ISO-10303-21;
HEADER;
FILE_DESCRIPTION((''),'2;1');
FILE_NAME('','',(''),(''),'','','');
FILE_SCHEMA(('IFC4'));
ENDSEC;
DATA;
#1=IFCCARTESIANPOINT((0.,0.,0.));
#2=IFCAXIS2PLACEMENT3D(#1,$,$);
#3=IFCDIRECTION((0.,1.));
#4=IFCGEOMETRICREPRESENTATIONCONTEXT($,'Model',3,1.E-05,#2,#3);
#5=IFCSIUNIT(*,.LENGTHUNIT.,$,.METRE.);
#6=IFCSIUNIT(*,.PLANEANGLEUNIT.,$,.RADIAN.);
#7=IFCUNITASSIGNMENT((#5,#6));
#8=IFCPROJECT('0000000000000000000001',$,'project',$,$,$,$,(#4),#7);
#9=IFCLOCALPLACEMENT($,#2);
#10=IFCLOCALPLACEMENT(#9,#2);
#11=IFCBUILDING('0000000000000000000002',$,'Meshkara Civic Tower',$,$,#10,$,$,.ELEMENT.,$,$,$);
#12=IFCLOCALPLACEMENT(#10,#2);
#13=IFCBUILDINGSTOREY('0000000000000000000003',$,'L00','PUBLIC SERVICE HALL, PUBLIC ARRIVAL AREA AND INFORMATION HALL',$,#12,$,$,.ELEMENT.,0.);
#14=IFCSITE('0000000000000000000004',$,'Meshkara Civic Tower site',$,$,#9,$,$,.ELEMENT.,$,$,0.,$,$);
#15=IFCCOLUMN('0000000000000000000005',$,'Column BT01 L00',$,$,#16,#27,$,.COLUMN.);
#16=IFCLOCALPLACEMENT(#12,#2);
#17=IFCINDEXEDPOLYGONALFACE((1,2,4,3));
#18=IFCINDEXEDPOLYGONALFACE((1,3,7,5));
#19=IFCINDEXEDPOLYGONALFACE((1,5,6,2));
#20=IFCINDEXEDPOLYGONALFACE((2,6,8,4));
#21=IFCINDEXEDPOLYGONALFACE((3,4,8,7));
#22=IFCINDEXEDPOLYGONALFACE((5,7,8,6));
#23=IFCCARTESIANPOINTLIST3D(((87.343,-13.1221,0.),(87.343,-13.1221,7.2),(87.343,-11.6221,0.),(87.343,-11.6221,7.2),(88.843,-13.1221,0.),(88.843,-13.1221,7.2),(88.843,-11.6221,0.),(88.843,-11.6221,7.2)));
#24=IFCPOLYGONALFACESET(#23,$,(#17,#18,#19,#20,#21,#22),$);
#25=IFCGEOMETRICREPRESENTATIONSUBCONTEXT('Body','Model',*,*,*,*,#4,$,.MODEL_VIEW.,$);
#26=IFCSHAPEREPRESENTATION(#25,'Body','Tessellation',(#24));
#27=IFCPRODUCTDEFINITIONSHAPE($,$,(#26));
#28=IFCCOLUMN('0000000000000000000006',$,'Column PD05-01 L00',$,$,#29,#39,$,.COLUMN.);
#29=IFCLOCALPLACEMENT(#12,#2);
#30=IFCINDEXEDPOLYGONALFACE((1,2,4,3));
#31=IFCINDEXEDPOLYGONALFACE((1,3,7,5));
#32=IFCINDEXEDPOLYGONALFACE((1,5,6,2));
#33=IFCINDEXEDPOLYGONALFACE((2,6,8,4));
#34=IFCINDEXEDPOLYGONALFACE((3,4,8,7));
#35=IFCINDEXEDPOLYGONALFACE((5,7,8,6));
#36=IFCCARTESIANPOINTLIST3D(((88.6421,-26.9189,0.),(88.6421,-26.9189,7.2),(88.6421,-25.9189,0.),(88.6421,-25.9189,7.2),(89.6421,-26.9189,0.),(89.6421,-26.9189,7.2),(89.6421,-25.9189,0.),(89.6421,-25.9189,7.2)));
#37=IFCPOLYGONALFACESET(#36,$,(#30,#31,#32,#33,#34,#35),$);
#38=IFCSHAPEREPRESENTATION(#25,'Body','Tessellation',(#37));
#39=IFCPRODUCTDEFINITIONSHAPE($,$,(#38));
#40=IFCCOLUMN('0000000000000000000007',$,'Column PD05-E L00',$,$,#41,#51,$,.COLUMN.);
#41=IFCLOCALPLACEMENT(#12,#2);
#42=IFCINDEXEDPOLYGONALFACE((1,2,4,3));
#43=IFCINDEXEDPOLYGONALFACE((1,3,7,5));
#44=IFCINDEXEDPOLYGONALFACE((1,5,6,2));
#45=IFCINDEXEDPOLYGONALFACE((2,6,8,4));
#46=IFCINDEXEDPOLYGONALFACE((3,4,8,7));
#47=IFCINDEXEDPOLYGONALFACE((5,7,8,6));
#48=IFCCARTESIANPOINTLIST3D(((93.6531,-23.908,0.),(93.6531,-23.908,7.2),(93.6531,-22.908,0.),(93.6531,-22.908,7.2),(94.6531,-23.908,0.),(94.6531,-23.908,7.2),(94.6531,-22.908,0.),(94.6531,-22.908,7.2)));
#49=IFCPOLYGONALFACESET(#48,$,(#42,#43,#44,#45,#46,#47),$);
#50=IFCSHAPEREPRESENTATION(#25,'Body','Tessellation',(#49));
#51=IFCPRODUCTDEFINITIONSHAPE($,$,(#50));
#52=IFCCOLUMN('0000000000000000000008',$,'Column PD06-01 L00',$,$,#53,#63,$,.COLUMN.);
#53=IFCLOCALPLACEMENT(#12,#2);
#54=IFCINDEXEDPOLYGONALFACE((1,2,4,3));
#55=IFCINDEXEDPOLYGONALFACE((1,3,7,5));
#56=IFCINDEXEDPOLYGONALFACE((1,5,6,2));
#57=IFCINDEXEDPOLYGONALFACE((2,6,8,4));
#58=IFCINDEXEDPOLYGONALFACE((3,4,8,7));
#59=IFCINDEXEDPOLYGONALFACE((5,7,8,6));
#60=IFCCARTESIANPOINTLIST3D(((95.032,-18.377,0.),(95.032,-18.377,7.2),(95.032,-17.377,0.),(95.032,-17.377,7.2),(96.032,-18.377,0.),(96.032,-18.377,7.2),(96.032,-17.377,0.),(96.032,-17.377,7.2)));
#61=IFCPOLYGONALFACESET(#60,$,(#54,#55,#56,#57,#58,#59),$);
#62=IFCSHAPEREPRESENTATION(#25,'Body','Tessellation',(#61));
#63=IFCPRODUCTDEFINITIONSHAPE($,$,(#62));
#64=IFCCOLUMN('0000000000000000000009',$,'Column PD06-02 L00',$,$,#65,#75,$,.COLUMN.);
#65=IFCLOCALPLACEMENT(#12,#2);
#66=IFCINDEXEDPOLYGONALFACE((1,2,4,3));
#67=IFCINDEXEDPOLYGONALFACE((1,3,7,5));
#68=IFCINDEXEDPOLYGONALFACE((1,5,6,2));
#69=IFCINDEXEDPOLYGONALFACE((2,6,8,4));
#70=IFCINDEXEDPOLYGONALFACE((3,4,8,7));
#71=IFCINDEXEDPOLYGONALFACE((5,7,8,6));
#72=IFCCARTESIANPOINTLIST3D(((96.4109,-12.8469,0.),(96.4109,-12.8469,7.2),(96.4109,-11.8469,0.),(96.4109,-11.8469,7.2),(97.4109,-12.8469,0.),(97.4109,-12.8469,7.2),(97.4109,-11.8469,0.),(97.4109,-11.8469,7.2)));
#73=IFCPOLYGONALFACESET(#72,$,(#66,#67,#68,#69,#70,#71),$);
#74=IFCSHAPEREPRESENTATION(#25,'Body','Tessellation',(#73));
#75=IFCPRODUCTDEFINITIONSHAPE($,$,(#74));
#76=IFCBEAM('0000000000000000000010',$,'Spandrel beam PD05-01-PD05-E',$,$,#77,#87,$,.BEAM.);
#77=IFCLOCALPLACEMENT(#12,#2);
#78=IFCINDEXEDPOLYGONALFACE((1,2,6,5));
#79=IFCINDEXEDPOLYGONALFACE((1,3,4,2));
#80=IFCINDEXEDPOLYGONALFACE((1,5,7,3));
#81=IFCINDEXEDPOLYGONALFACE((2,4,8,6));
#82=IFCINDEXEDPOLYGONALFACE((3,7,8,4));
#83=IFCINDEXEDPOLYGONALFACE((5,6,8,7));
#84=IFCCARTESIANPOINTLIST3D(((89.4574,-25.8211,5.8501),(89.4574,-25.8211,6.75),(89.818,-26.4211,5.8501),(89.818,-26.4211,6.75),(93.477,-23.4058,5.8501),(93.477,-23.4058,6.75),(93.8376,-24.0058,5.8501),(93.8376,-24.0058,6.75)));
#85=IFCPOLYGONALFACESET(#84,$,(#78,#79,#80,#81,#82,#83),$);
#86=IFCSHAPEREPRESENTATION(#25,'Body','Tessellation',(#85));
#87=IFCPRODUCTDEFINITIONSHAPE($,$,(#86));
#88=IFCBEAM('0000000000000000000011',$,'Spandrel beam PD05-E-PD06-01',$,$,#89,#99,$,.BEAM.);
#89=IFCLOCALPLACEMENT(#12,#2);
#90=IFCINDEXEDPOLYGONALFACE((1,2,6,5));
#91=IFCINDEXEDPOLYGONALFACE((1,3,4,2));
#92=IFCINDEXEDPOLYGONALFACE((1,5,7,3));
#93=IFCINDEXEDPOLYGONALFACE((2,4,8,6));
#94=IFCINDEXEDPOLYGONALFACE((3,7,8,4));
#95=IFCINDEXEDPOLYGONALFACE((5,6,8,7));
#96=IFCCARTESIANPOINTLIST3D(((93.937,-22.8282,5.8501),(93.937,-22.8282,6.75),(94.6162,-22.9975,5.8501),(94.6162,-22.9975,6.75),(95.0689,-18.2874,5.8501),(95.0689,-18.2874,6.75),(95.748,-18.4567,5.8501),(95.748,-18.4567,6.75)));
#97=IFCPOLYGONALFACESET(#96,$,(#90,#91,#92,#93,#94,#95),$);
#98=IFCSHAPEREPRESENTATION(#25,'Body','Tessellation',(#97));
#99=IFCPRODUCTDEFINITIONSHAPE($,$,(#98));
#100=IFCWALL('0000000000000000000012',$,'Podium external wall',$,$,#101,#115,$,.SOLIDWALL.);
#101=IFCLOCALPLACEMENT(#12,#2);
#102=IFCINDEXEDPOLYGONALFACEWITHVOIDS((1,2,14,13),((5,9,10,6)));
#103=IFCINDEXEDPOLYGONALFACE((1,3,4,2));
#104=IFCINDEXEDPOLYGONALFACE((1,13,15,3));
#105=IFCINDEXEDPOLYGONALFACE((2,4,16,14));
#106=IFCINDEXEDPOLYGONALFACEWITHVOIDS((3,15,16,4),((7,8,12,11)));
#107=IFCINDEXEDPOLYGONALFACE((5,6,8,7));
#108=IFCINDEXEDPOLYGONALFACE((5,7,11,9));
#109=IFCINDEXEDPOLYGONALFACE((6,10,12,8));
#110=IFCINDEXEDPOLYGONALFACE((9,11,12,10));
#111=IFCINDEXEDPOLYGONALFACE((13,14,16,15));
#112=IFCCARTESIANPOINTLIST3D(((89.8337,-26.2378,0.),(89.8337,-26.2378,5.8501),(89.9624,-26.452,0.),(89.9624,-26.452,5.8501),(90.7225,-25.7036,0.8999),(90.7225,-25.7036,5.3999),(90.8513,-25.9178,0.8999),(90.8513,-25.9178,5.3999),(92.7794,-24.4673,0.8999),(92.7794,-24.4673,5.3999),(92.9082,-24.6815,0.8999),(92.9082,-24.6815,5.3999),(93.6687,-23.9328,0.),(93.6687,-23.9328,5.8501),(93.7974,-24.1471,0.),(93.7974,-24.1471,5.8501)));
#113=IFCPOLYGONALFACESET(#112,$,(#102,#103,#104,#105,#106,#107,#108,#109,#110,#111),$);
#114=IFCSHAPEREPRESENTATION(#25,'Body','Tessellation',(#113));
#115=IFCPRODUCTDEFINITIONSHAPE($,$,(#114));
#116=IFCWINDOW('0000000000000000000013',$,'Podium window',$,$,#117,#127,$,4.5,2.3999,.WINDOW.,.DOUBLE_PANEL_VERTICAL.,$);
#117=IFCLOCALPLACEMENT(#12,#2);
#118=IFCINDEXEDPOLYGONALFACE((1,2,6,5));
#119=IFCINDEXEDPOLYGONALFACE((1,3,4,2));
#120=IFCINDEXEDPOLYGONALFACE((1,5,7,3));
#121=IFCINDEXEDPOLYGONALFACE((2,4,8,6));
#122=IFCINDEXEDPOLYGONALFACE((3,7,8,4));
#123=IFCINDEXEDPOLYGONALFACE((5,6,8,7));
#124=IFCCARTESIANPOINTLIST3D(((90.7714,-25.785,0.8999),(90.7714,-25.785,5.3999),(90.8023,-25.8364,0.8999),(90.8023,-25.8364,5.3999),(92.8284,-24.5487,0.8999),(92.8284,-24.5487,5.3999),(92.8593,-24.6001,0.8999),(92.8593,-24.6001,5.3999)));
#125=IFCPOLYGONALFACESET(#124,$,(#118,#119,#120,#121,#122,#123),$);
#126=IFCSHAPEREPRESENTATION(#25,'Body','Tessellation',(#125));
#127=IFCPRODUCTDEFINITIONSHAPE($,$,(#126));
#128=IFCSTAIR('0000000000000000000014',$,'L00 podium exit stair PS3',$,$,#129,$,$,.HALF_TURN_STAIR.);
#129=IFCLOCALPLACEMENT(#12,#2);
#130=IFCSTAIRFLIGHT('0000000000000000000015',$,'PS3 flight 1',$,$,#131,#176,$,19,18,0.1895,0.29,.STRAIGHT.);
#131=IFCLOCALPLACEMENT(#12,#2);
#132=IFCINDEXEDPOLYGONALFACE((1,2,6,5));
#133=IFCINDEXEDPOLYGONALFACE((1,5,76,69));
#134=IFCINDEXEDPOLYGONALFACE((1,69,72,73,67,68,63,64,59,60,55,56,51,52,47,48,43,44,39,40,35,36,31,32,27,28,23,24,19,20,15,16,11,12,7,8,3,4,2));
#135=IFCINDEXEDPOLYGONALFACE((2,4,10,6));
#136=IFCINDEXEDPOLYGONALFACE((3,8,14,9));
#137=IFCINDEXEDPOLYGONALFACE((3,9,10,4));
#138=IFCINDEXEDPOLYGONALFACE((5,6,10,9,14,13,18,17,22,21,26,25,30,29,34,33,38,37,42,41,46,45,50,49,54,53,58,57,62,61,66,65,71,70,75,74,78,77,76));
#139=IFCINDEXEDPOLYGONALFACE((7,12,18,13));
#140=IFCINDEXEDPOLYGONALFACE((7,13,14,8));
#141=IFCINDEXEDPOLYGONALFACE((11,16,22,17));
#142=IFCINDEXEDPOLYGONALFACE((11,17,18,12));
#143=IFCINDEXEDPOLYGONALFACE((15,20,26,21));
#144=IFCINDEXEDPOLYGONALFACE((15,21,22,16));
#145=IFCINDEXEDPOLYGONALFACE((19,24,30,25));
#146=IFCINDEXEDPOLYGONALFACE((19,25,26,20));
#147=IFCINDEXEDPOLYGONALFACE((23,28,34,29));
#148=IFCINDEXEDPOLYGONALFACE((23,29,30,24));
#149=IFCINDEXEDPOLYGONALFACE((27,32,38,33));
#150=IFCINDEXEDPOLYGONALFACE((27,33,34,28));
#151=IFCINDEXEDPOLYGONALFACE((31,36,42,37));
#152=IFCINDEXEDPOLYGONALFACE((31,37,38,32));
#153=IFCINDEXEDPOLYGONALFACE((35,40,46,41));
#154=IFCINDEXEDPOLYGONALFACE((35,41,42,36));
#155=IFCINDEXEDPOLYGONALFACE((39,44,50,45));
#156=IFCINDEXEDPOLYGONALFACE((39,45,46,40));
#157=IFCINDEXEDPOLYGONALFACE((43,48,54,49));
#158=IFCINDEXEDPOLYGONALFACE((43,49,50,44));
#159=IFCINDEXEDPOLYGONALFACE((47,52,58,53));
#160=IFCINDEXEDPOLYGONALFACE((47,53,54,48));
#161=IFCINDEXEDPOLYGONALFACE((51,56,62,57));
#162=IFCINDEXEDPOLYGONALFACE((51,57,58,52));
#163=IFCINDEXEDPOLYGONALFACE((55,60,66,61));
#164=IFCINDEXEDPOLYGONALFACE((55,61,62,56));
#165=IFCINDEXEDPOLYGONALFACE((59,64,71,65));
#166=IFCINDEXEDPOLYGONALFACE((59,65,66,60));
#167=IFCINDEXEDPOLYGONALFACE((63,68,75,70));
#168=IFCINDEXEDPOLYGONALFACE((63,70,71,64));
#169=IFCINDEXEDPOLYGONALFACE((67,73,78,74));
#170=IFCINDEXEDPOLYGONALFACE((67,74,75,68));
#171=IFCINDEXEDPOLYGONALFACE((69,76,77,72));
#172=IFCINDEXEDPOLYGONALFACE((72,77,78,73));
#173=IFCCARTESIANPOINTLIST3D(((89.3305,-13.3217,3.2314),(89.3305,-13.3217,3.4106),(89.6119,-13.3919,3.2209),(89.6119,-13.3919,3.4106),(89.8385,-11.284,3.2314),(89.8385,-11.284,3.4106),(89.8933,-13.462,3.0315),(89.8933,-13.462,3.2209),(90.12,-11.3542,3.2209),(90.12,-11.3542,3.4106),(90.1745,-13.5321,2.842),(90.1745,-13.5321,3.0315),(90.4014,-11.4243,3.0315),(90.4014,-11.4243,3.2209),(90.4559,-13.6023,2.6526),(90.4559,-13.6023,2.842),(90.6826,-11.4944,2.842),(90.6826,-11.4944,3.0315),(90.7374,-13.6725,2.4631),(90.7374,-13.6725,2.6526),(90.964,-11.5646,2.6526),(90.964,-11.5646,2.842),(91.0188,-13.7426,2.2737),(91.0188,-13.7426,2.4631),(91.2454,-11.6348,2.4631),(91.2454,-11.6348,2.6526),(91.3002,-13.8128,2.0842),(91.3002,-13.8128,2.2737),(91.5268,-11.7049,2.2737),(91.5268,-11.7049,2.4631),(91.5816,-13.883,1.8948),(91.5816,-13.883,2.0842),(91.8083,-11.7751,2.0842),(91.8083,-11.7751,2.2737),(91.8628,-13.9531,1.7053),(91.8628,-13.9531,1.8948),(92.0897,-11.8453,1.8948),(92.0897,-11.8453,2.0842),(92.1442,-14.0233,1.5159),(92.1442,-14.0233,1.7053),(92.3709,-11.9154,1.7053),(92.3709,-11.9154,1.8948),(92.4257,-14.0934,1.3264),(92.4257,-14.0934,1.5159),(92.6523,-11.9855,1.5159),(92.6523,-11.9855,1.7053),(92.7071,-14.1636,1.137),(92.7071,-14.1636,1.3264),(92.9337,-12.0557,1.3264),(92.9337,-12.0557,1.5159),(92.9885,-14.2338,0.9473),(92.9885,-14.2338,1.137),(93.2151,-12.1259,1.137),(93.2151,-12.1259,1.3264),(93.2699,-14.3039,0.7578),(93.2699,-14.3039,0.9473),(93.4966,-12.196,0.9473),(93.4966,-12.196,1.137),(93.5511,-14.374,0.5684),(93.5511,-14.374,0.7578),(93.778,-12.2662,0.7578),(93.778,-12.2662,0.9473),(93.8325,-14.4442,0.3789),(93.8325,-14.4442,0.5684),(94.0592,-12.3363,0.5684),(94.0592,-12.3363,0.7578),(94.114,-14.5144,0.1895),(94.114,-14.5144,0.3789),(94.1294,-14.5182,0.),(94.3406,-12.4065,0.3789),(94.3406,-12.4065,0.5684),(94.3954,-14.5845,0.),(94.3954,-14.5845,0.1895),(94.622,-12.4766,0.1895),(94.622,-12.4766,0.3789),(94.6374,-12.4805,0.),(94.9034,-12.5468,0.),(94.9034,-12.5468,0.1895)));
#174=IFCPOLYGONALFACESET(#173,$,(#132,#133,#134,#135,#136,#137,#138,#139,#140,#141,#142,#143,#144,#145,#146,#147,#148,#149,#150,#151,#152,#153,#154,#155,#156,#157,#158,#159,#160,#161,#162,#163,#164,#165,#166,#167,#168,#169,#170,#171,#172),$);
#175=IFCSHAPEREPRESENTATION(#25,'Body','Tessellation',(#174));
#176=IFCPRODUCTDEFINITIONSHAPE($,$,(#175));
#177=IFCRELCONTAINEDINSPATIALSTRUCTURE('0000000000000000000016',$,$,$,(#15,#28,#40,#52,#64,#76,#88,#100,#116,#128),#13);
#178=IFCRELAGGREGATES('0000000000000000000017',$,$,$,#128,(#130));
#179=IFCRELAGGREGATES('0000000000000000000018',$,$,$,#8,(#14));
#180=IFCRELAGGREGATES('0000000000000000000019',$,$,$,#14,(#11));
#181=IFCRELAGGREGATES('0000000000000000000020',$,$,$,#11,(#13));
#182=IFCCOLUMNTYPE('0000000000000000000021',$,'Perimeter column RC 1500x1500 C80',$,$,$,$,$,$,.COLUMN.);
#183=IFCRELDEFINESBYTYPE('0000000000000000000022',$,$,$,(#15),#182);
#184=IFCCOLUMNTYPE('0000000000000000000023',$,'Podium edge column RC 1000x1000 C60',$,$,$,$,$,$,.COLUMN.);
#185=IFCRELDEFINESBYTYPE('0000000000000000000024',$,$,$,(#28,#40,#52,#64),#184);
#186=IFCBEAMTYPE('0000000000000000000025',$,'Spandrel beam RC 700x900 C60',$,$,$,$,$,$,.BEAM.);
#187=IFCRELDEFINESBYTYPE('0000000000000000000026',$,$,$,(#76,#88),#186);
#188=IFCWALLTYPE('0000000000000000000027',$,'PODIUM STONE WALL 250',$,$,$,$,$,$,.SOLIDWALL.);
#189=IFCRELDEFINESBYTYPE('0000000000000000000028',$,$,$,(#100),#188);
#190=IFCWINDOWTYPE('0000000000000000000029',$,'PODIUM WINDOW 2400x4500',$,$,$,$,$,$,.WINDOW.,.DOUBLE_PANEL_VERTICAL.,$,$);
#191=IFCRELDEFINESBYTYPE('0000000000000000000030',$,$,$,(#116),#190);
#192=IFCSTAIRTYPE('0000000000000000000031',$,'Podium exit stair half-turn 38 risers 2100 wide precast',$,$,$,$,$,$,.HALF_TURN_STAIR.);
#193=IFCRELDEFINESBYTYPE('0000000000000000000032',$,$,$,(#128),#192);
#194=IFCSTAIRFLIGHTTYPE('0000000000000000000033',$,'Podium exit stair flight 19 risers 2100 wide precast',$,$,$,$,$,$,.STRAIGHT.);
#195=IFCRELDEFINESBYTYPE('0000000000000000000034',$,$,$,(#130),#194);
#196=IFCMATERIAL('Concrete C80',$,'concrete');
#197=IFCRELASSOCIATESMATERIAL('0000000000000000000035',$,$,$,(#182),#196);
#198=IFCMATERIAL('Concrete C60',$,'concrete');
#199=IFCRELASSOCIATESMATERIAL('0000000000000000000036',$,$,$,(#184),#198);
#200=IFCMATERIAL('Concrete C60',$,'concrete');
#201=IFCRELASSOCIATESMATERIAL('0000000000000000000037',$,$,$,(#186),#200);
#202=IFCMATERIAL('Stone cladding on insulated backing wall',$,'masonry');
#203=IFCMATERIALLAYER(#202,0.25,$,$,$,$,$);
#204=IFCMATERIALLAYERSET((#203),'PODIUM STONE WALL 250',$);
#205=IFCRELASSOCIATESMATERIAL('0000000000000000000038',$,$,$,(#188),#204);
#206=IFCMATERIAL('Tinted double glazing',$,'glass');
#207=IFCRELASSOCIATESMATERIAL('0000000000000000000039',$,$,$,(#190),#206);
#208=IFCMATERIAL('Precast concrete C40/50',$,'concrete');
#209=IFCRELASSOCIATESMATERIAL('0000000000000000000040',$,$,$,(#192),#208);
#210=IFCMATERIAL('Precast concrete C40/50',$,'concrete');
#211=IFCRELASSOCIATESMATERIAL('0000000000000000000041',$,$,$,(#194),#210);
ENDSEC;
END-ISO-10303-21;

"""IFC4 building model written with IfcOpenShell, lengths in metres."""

from ifc_helpers import new_model, si_unit, direction, frame, frame_2d, origin, origin_2d, place, context, subcontext, project, spatial, polyline, rectangle, outline, extrude, material, layer, layer_set, material_profile, profile_set, type_object, element, fill, aggregate, save


model = new_model("IFC4")

# Units and contexts
model_context = context("Model", 3, precision=1e-05, world=origin(), true_north=direction((0.0, 1.0)))
body_context = subcontext(model_context, "Body", "Model", "MODEL_VIEW")
ifc_project = project(units=[si_unit("LENGTHUNIT", "METRE"), si_unit("PLANEANGLEUNIT", "RADIAN")], contexts=[model_context])

# Site, building, storey
site_placement = place(None, origin())
site = spatial("IfcSite", under=ifc_project, at=site_placement, Name="Meshkara Civic Tower site", CompositionType="ELEMENT", RefElevation=0.0)
building_placement = place(site_placement, origin())
building = spatial("IfcBuilding", under=site, at=building_placement, Name="Meshkara Civic Tower", CompositionType="ELEMENT")
storey_placement = place(building_placement, origin())
storey = spatial("IfcBuildingStorey", under=building, at=storey_placement, Name="L00", Description="PUBLIC SERVICE HALL, PUBLIC ARRIVAL AREA AND INFORMATION HALL", CompositionType="ELEMENT", Elevation=0.0)

# Columns
ifc_material_1 = material(Name="Concrete C80", Category="concrete")
ifc_material_profile_1 = material_profile(ifc_material_1, rectangle(XDim=1.5, YDim=1.5, at=origin_2d()))
ifc_profile_set_1 = profile_set([ifc_material_profile_1], Name="Concrete C80")
column_type_1 = type_object("IfcColumnType", Name="Perimeter column RC 1500x1500 C80", PredefinedType="COLUMN", material=ifc_profile_set_1)
column_placement = place(storey_placement, frame((88.093, -12.3721, 0.0), z_axis=(0.0, 0.0, 1.0), x_axis=(1.0, 0.0, 0.0)))
element("IfcColumn", 1, at=column_placement, inside=storey, type_object=column_type_1, Name="Column BT01 L00", PredefinedType="COLUMN", context=body_context, shape_type="SweptSolid", body=[
    extrude(rectangle(XDim=1.5, YDim=1.5, at=origin_2d()), origin(), (0.0, 0.0, 1.0), 7.2),
])
ifc_material_2 = material(Name="Concrete C60", Category="concrete")
ifc_material_profile_2 = material_profile(ifc_material_2, rectangle(XDim=1.0, YDim=1.0, at=origin_2d()))
ifc_profile_set_2 = profile_set([ifc_material_profile_2], Name="Concrete C60")
column_type_2 = type_object("IfcColumnType", Name="Podium edge column RC 1000x1000 C60", PredefinedType="COLUMN", material=ifc_profile_set_2)
for number, where, z_axis, x_axis, name in (
    (2, (89.1421, -26.4189, 0.0), (0.0, 0.0, 1.0), (1.0, 0.0, 0.0), "Column PD05-01 L00"),
    (3, (94.1531, -23.408, 0.0), (0.0, 0.0, 1.0), (1.0, 0.0, 0.0), "Column PD05-E L00"),
    (4, (95.532, -17.877, 0.0), (0.0, 0.0, 1.0), (1.0, 0.0, 0.0), "Column PD06-01 L00"),
    (5, (96.9109, -12.3469, 0.0), (0.0, 0.0, 1.0), (1.0, 0.0, 0.0), "Column PD06-02 L00"),
):
    element("IfcColumn", number, at=place(storey_placement, frame(where, z_axis=z_axis, x_axis=x_axis)), inside=storey, type_object=column_type_2, Name=name, PredefinedType="COLUMN", context=body_context, shape_type="SweptSolid", body=[
        extrude(rectangle(XDim=1.0, YDim=1.0, at=origin_2d()), origin(), (0.0, 0.0, 1.0), 7.2),
    ])

# Beams
ifc_material_3 = material(Name="Concrete C60", Category="concrete")
ifc_material_profile_3 = material_profile(ifc_material_3, rectangle(XDim=0.7, YDim=0.8999, at=origin_2d()))
ifc_profile_set_3 = profile_set([ifc_material_profile_3], Name="Concrete C60")
beam_type = type_object("IfcBeamType", Name="Spandrel beam RC 700x900 C60", PredefinedType="BEAM", material=ifc_profile_set_3)
beam_1_placement = place(storey_placement, frame((89.6377, -26.1211, 6.3), z_axis=(0.857157, 0.515055, 0.0), x_axis=(-0.515055, 0.857157, 0.0)))
element("IfcBeam", 6, at=beam_1_placement, inside=storey, type_object=beam_type, Name="Spandrel beam PD05-01-PD05-E", PredefinedType="BEAM", context=body_context, shape_type="SweptSolid", body=[
    extrude(rectangle(XDim=0.7, YDim=0.8999, at=origin_2d()), origin(), (0.0, 0.0, 1.0), 4.6895),
])
beam_2_placement = place(storey_placement, frame((94.2766, -22.9128, 6.3), z_axis=(0.24186, 0.970311, 0.0), x_axis=(-0.970311, 0.24186, 0.0)))
element("IfcBeam", 7, at=beam_2_placement, inside=storey, type_object=beam_type, Name="Spandrel beam PD05-E-PD06-01", PredefinedType="BEAM", context=body_context, shape_type="SweptSolid", body=[
    extrude(rectangle(XDim=0.7, YDim=0.8999, at=origin_2d()), origin(), (0.0, 0.0, 1.0), 4.6797),
])

# Wall, opening, window
ifc_material_4 = material(Name="Stone cladding on insulated backing wall", Category="masonry")
ifc_layer = layer(ifc_material_4, 0.25)
ifc_layer_set = layer_set([ifc_layer], Name="PODIUM STONE WALL 250")
wall_type = type_object("IfcWallType", Name="PODIUM STONE WALL 250", PredefinedType="SOLIDWALL", material=ifc_layer_set)
wall_1_placement = place(storey_placement, frame((89.8979, -26.345, 0.0), z_axis=(0.0, 0.0, 1.0), x_axis=(0.857103, 0.515146, 0.0)))
wall_1 = element("IfcWall", 8, at=wall_1_placement, inside=storey, type_object=wall_type, Name="Podium external wall", PredefinedType="SOLIDWALL", context=body_context, shape_type="SweptSolid", body=[
    extrude(rectangle(XDim=4.4744, YDim=0.25, at=frame_2d((2.2373, 0.0))), origin(), (0.0, 0.0, 1.0), 5.8501),
])
opening_1_placement = place(wall_1_placement, frame((1.0371, 0.0, 0.8999)))
opening_1 = element("IfcOpeningElement", 9, at=opening_1_placement, cuts=wall_1, PredefinedType="OPENING", context=body_context, shape_type="SweptSolid", body=[
    extrude(rectangle(XDim=2.3999, YDim=4.5, at=frame_2d((1.2, 2.25))), frame((0.0, 0.135, 0.0), z_axis=(0.0, -1.0, 0.0), x_axis=(1.0, 0.0, 0.0)), (0.0, 0.0, 1.0), 0.27),
])
ifc_material_5 = material(Name="Tinted double glazing", Category="glass")
window_type = type_object("IfcWindowType", Name="PODIUM WINDOW 2400x4500", PartitioningType="DOUBLE_PANEL_VERTICAL", PredefinedType="WINDOW", material=ifc_material_5)
window_placement = place(opening_1_placement, origin())
window = element("IfcWindow", 10, at=window_placement, inside=storey, type_object=window_type, Name="Podium window", OverallHeight=4.5, OverallWidth=2.3999, PartitioningType="DOUBLE_PANEL_VERTICAL", PredefinedType="WINDOW", context=body_context, shape_type="SweptSolid", body=[
    extrude(rectangle(XDim=2.3999, YDim=4.5, at=frame_2d((1.2, 2.25))), frame((0.0, 0.03, 0.0), z_axis=(0.0, -1.0, 0.0), x_axis=(1.0, 0.0, 0.0)), (0.0, 0.0, 1.0), 0.0601),
])
fill(opening_1, window)

# Stair, stair flight
ifc_material_6 = material(Name="Precast concrete C40/50", Category="concrete")
stair_type = type_object("IfcStairType", Name="Podium exit stair half-turn 38 risers 2100 wide precast", PredefinedType="HALF_TURN_STAIR", material=ifc_material_6)
stair_placement = place(storey_placement, origin())
stair = element("IfcStair", 11, at=stair_placement, inside=storey, type_object=stair_type, Name="L00 podium exit stair PS3", PredefinedType="HALF_TURN_STAIR")
ifc_material_7 = material(Name="Precast concrete C40/50", Category="concrete")
stair_flight_type = type_object("IfcStairFlightType", Name="Podium exit stair flight 19 risers 2100 wide precast", PredefinedType="STRAIGHT", material=ifc_material_7)
stair_flight_1_placement = place(storey_placement, frame((94.6494, -13.5657, 0.0), z_axis=(0.0, 0.0, 1.0), x_axis=(-0.970296, 0.241922, 0.0)))
stair_flight_1 = element("IfcStairFlight", 12, at=stair_flight_1_placement, type_object=stair_flight_type, Name="PS3 flight 1", NumberOfRisers=19, NumberOfTreads=18, PredefinedType="STRAIGHT", RiserHeight=0.1895, TreadLength=0.29, context=body_context, shape_type="SweptSolid", body=[
    extrude(outline(polyline([(0.0, 0.0), (0.0, 0.1895), (0.29, 0.1895), (0.29, 0.3789), (0.5801, 0.3789), (0.5801, 0.5684), (0.8701, 0.5684), (0.8701, 0.7578), (1.1599, 0.7578), (1.1599, 0.9473), (1.45, 0.9473), (1.45, 1.137), (1.74, 1.137), (1.74, 1.3264), (2.03, 1.3264), (2.03, 1.5159), (2.3201, 1.5159), (2.3201, 1.7053), (2.6101, 1.7053), (2.6101, 1.8948), (2.8999, 1.8948), (2.8999, 2.0842), (3.1899, 2.0842), (3.1899, 2.2737), (3.48, 2.2737), (3.48, 2.4631), (3.77, 2.4631), (3.77, 2.6526), (4.0601, 2.6526), (4.0601, 2.842), (4.3501, 2.842), (4.3501, 3.0315), (4.6399, 3.0315), (4.6399, 3.2209), (4.9299, 3.2209), (4.9299, 3.4106), (5.22, 3.4106), (5.22, 3.6001), (5.22, 3.2314), (0.2742, 0.0), (0.0, 0.0)])), frame((0.0, 1.05, 0.0), z_axis=(0.0, -1.0, 0.0), x_axis=(1.0, 0.0, 0.0)), (0.0, 0.0, 1.0), 2.1001),
])
aggregate(stair, [stair_flight_1])

save(model, "model.ifc")
